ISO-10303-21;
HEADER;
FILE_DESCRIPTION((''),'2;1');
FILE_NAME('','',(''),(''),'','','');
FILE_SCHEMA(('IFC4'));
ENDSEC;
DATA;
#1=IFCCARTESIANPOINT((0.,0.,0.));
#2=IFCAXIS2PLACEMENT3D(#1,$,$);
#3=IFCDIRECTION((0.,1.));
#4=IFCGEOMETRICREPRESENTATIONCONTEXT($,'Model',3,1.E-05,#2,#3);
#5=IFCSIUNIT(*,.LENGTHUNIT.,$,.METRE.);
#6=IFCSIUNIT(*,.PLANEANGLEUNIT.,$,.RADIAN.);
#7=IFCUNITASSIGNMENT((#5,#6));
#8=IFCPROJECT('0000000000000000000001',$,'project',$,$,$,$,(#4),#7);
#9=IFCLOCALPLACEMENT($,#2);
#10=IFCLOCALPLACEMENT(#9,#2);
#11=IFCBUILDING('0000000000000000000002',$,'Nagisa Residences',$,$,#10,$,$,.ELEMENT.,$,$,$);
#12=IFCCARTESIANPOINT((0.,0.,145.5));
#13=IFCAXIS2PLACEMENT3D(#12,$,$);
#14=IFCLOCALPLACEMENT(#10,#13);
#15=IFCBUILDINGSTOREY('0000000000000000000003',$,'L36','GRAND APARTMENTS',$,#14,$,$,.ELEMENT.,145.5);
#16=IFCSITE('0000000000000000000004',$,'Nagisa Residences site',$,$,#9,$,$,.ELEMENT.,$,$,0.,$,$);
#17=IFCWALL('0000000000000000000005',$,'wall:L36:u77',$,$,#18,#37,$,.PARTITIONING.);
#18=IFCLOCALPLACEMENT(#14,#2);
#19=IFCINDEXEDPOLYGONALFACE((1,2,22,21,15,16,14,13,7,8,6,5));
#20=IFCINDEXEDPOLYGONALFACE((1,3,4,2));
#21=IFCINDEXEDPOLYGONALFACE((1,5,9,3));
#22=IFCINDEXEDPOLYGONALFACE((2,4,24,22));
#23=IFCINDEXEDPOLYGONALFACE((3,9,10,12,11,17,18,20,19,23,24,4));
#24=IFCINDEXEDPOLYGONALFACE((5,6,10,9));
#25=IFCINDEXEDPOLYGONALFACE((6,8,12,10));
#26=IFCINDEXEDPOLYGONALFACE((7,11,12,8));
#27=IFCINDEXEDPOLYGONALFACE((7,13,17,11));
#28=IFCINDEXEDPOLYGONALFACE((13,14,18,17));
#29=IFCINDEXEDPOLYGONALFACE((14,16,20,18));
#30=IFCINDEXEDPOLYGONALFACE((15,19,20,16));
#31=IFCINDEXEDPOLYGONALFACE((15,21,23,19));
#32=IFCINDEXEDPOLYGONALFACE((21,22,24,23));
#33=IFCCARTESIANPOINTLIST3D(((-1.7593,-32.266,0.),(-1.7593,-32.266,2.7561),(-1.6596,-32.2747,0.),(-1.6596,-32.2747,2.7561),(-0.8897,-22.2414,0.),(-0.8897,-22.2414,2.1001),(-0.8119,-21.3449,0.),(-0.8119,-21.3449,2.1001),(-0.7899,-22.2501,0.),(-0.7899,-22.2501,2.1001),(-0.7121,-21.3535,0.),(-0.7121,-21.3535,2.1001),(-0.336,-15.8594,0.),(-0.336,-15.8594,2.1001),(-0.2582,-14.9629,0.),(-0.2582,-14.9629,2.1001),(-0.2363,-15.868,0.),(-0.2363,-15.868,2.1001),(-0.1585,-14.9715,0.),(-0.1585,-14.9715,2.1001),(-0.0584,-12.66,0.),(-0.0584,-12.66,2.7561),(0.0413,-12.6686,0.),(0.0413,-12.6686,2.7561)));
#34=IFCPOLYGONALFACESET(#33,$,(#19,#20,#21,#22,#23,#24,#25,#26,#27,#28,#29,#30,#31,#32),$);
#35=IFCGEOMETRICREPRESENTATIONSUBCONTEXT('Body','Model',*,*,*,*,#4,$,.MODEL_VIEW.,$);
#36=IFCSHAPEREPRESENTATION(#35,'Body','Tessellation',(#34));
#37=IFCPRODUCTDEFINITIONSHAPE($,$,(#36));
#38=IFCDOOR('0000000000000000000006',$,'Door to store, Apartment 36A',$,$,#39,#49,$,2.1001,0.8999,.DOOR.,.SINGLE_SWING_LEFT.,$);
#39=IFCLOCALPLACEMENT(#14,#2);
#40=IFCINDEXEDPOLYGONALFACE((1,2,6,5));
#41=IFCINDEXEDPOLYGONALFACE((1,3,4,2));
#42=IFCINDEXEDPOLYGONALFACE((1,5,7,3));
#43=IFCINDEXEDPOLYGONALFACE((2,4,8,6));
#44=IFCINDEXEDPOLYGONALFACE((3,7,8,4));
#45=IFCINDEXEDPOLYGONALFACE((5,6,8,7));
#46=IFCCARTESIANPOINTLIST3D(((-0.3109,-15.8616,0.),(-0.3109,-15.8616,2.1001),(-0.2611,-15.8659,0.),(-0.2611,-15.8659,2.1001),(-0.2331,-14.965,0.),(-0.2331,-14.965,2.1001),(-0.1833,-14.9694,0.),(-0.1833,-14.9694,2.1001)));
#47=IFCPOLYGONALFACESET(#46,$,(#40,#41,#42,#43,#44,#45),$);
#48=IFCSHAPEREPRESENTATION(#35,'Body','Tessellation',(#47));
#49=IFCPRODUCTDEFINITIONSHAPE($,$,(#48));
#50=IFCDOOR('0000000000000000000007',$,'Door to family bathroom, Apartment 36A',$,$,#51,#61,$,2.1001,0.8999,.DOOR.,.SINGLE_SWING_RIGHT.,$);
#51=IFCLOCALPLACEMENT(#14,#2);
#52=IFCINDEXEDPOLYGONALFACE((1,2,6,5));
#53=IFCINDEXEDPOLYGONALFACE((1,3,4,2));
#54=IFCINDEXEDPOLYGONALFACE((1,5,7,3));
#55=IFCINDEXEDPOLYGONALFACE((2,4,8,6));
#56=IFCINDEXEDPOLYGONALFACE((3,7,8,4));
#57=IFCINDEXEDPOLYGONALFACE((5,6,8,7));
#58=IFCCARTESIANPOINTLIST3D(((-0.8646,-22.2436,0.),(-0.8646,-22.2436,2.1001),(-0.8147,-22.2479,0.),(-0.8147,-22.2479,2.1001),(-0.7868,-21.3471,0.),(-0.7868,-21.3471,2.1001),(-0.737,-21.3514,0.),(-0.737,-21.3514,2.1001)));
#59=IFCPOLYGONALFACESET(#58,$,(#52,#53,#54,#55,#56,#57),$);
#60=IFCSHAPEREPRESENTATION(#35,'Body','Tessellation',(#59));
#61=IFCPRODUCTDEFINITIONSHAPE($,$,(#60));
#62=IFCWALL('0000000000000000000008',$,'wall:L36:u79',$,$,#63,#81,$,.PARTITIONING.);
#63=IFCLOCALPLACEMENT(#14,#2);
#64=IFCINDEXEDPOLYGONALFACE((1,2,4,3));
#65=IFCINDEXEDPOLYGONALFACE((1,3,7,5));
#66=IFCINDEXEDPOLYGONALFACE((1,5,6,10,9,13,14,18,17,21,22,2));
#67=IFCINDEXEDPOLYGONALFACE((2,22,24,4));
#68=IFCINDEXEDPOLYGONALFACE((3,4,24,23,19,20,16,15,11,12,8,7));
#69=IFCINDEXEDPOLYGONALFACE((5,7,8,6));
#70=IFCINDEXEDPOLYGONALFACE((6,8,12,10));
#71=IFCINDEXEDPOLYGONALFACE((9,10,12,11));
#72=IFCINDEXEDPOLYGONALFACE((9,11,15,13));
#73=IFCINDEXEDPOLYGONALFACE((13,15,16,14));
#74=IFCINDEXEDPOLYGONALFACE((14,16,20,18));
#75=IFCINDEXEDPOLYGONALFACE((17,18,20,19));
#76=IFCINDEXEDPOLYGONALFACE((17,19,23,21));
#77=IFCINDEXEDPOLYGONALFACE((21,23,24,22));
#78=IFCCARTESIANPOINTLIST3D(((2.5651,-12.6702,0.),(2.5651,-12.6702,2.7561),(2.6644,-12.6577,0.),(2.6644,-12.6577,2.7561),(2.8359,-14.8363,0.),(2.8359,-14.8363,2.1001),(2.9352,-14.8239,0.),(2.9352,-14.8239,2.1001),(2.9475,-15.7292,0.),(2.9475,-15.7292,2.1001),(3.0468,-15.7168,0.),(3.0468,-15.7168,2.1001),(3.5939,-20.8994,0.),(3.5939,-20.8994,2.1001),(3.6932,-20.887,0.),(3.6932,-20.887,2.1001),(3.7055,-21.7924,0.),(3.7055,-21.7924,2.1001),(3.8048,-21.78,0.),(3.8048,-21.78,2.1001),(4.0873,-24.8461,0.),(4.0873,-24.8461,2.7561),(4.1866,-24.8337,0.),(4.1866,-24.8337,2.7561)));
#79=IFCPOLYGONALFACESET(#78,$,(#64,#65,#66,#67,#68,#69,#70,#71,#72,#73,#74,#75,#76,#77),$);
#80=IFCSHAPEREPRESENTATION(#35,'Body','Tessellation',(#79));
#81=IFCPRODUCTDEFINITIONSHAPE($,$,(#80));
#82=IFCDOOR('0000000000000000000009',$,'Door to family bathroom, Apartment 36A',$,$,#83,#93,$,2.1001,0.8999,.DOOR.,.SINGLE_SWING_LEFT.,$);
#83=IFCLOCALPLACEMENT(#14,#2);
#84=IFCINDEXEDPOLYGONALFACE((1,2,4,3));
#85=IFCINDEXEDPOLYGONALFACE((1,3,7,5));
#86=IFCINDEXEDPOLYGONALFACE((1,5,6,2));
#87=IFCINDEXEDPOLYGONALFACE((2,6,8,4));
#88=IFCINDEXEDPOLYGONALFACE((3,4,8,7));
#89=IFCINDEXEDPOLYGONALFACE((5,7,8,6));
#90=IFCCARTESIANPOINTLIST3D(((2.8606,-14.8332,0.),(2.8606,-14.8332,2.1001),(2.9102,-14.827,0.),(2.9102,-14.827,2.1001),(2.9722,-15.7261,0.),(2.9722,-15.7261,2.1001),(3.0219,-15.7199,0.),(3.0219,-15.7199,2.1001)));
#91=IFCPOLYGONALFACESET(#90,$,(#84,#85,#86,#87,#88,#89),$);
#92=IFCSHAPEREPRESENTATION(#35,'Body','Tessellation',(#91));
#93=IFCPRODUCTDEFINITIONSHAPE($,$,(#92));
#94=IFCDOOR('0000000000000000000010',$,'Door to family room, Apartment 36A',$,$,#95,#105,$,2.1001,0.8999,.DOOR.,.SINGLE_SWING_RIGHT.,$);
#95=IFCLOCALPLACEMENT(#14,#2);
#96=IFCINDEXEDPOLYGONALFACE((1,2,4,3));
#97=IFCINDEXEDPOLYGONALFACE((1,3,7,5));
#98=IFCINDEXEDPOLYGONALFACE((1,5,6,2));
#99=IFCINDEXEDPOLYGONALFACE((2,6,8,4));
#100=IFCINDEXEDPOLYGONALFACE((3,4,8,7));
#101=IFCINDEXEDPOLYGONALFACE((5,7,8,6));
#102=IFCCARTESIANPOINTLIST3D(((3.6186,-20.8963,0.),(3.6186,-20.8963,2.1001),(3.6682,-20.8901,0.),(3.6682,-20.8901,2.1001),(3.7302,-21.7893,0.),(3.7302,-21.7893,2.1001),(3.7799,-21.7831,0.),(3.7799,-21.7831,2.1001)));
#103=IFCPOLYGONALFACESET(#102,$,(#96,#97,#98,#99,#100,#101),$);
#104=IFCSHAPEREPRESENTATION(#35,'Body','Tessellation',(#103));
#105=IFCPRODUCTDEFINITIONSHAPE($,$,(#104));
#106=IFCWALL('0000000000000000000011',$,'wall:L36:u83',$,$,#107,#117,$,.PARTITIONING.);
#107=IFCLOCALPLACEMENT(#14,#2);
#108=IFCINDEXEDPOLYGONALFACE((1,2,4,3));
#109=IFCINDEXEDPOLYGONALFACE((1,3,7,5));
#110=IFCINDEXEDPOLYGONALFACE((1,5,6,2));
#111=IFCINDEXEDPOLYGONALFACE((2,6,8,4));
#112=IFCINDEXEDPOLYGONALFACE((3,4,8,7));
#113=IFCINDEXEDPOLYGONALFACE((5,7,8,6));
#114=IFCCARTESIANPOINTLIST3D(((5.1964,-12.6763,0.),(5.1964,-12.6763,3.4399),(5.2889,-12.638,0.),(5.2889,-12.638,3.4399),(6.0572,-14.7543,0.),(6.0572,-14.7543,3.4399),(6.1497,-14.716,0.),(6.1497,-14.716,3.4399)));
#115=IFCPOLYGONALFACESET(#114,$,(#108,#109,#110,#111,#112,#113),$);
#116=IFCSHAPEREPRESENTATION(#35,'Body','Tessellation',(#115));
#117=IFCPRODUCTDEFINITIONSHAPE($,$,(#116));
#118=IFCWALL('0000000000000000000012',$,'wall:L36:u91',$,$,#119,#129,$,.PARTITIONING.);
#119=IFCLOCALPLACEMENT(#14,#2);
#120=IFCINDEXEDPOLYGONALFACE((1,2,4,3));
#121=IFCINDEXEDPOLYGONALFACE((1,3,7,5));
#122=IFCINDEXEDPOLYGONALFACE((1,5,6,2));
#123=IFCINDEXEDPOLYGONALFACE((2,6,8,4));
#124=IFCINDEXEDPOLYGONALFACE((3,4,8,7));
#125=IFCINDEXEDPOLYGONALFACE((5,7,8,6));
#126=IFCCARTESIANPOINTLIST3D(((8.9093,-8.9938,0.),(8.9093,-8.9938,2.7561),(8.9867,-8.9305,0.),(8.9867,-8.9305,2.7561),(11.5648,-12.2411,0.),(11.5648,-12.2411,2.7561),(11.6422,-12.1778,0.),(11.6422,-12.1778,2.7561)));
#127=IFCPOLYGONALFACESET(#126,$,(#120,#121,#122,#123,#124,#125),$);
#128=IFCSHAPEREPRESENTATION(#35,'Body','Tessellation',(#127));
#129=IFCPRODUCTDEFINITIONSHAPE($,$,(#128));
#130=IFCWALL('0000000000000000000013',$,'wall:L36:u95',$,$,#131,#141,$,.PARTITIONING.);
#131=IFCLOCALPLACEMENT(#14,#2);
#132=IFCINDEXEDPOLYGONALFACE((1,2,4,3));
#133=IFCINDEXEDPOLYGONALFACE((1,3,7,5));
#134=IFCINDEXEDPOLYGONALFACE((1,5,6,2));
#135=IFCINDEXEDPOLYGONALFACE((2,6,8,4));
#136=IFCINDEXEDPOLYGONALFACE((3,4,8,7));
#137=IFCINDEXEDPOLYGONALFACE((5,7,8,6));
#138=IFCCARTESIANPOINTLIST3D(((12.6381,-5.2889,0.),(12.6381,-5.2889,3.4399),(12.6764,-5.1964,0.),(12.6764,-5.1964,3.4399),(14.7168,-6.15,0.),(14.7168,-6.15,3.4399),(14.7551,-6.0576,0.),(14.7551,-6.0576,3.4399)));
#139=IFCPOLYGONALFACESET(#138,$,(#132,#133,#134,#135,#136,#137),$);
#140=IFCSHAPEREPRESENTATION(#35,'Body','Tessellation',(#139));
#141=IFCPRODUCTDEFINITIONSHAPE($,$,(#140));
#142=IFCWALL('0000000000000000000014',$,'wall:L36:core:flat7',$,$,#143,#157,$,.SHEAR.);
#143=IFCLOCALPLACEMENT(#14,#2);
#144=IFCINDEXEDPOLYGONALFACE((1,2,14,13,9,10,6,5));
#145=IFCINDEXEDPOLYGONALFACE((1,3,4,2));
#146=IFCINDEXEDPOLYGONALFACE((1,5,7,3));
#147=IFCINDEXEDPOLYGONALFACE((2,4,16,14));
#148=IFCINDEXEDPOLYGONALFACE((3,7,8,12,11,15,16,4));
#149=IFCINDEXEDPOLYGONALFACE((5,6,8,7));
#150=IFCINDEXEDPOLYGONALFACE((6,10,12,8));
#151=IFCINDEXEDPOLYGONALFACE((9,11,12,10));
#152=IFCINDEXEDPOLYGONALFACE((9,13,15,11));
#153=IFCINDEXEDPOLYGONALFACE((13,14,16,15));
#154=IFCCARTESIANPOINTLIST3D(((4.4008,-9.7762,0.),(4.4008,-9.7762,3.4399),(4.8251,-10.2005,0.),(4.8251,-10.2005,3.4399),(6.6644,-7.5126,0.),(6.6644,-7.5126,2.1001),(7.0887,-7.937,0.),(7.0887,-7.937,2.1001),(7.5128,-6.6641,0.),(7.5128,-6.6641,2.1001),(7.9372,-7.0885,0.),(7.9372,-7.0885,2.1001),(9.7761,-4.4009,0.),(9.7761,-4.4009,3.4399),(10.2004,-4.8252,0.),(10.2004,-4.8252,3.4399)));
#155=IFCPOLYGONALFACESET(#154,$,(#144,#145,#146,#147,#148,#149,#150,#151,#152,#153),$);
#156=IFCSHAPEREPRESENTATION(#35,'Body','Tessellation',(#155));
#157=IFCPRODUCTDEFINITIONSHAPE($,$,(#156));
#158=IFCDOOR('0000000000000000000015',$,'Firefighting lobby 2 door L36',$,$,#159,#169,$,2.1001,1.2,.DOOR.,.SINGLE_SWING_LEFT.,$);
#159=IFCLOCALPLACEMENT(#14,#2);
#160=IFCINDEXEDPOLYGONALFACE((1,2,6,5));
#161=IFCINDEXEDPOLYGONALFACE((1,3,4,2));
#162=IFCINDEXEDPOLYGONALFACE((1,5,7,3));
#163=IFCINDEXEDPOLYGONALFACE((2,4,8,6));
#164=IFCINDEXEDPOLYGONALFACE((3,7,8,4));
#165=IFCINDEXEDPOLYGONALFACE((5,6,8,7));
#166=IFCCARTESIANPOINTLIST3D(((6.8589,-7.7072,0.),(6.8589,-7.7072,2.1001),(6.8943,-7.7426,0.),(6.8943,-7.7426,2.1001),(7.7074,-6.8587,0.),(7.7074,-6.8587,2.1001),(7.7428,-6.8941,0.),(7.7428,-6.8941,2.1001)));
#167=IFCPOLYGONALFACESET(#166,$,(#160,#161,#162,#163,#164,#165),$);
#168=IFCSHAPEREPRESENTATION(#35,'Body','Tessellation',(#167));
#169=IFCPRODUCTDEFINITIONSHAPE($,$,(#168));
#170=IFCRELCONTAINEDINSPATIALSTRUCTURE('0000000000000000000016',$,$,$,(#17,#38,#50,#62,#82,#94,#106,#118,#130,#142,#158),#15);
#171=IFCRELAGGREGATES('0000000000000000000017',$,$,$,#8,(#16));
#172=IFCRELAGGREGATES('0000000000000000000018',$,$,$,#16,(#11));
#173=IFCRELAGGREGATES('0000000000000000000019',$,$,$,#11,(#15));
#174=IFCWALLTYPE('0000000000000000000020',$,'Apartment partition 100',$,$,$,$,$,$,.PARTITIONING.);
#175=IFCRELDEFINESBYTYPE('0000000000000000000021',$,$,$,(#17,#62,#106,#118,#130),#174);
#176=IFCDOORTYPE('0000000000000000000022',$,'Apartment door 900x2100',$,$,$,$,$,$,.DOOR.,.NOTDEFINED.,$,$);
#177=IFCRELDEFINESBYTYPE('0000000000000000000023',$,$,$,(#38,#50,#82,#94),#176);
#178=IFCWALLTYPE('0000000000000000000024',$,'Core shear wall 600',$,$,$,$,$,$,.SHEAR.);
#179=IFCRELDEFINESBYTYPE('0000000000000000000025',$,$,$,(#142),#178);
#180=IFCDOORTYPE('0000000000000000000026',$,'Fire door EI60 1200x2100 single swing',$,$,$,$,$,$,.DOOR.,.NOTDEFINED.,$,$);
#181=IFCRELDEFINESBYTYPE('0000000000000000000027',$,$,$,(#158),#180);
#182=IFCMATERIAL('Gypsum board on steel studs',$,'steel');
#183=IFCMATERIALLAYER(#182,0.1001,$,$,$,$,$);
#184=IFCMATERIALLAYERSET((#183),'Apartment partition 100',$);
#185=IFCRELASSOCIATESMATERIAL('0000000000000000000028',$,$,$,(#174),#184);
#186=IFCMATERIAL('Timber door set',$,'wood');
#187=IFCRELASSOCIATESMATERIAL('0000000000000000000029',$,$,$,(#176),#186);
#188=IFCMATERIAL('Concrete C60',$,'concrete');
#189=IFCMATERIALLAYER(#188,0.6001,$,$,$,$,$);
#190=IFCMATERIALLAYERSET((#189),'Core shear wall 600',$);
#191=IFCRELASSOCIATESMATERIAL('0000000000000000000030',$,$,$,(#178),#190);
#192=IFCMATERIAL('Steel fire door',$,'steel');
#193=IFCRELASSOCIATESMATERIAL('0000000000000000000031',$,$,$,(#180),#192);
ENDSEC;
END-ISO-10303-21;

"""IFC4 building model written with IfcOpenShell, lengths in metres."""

from ifc_helpers import new_model, si_unit, direction, frame, frame_2d, origin, place, context, subcontext, project, spatial, rectangle, extrude, material, layer, layer_set, type_object, element, fill, save


model = new_model("IFC4")

# Units and contexts
model_context = context("Model", 3, precision=1e-05, world=origin(), true_north=direction((0.0, 1.0)))
body_context = subcontext(model_context, "Body", "Model", "MODEL_VIEW")
ifc_project = project(units=[si_unit("LENGTHUNIT", "METRE"), si_unit("PLANEANGLEUNIT", "RADIAN")], contexts=[model_context])

# Site, building, storey
site_placement = place(None, origin())
site = spatial("IfcSite", under=ifc_project, at=site_placement, Name="Nagisa Residences site", CompositionType="ELEMENT", RefElevation=0.0)
building_placement = place(site_placement, origin())
building = spatial("IfcBuilding", under=site, at=building_placement, Name="Nagisa Residences", CompositionType="ELEMENT")
storey_placement = place(building_placement, frame((0.0, 0.0, 145.5)))
storey = spatial("IfcBuildingStorey", under=building, at=storey_placement, Name="L36", Description="GRAND APARTMENTS", CompositionType="ELEMENT", Elevation=145.5)

# Walls, openings, doors
ifc_material_1 = material(Name="Gypsum board on steel studs", Category="steel")
ifc_layer_1 = layer(ifc_material_1, 0.1001)
ifc_layer_set_1 = layer_set([ifc_layer_1], Name="Apartment partition 100")
wall_type_1 = type_object("IfcWallType", Name="Apartment partition 100", PredefinedType="PARTITIONING", material=ifc_layer_set_1)
wall_1_placement = place(storey_placement, frame((-0.0085, -12.6643, 0.0), z_axis=(0.0, 0.0, 1.0), x_axis=(-0.086431, -0.996258, 0.0)))
wall_1 = element("IfcWall", 1, at=wall_1_placement, inside=storey, type_object=wall_type_1, Name="wall:L36:u77", PredefinedType="PARTITIONING", context=body_context, shape_type="SweptSolid", body=[
    extrude(rectangle(XDim=19.6797, YDim=0.1001, at=frame_2d((9.8398, 0.0))), origin(), (0.0, 0.0, 1.0), 2.7561),
])
opening_1_placement = place(wall_1_placement, frame((2.3115, 0.0, 0.0)))
opening_1 = element("IfcOpeningElement", 2, at=opening_1_placement, cuts=wall_1, PredefinedType="OPENING", context=body_context, shape_type="SweptSolid", body=[
    extrude(rectangle(XDim=0.8999, YDim=2.1001, at=frame_2d((0.45, 1.05))), frame((0.0, 0.0601, 0.0), z_axis=(0.0, -1.0, 0.0), x_axis=(1.0, 0.0, 0.0)), (0.0, 0.0, 1.0), 0.1201),
])
opening_2_placement = place(wall_1_placement, frame((8.7175, 0.0, 0.0)))
opening_2 = element("IfcOpeningElement", 3, at=opening_2_placement, cuts=wall_1, PredefinedType="OPENING", context=body_context, shape_type="SweptSolid", body=[
    extrude(rectangle(XDim=0.8999, YDim=2.1001, at=frame_2d((0.45, 1.05))), frame((0.0, 0.0601, 0.0), z_axis=(0.0, -1.0, 0.0), x_axis=(1.0, 0.0, 0.0)), (0.0, 0.0, 1.0), 0.1201),
])
ifc_material_2 = material(Name="Timber door set", Category="wood")
door_type_1 = type_object("IfcDoorType", Name="Apartment door 900x2100", OperationType="NOTDEFINED", PredefinedType="DOOR", material=ifc_material_2)
door_1_placement = place(opening_1_placement, frame((0.8999, 0.0, 0.0), x_axis=(-1.0, 0.0, 0.0)))
door_1 = element("IfcDoor", 4, at=door_1_placement, inside=storey, type_object=door_type_1, Name="Door to store, Apartment 36A", OperationType="SINGLE_SWING_LEFT", OverallHeight=2.1001, OverallWidth=0.8999, PredefinedType="DOOR", context=body_context, shape_type="SweptSolid", body=[
    extrude(rectangle(XDim=0.8999, YDim=2.1001, at=frame_2d((0.45, 1.05))), frame((0.0, 0.0249, 0.0), z_axis=(0.0, -1.0, 0.0), x_axis=(1.0, 0.0, 0.0)), (0.0, 0.0, 1.0), 0.05),
])
fill(opening_1, door_1)
door_2_placement = place(opening_2_placement, frame((0.8999, 0.0, 0.0), x_axis=(-1.0, 0.0, 0.0)))
door_2 = element("IfcDoor", 5, at=door_2_placement, inside=storey, type_object=door_type_1, Name="Door to family bathroom, Apartment 36A", OperationType="SINGLE_SWING_RIGHT", OverallHeight=2.1001, OverallWidth=0.8999, PredefinedType="DOOR", context=body_context, shape_type="SweptSolid", body=[
    extrude(rectangle(XDim=0.8999, YDim=2.1001, at=frame_2d((0.45, 1.05))), frame((0.0, 0.0249, 0.0), z_axis=(0.0, -1.0, 0.0), x_axis=(1.0, 0.0, 0.0)), (0.0, 0.0, 1.0), 0.05),
])
fill(opening_2, door_2)
wall_2_placement = place(storey_placement, frame((2.6147, -12.6641, 0.0), z_axis=(0.0, 0.0, 1.0), x_axis=(0.124052, -0.992276, 0.0)))
wall_2 = element("IfcWall", 6, at=wall_2_placement, inside=storey, type_object=wall_type_1, Name="wall:L36:u79", PredefinedType="PARTITIONING", context=body_context, shape_type="SweptSolid", body=[
    extrude(rectangle(XDim=12.2708, YDim=0.1001, at=frame_2d((6.1353, 0.0))), origin(), (0.0, 0.0, 1.0), 2.7561),
])
opening_3_placement = place(wall_2_placement, frame((2.1829, 0.0, 0.0)))
opening_3 = element("IfcOpeningElement", 7, at=opening_3_placement, cuts=wall_2, PredefinedType="OPENING", context=body_context, shape_type="SweptSolid", body=[
    extrude(rectangle(XDim=0.8999, YDim=2.1001, at=frame_2d((0.45, 1.05))), frame((0.0, 0.0601, 0.0), z_axis=(0.0, -1.0, 0.0), x_axis=(1.0, 0.0, 0.0)), (0.0, 0.0, 1.0), 0.1201),
])
opening_4_placement = place(wall_2_placement, frame((8.2932, 0.0, 0.0)))
opening_4 = element("IfcOpeningElement", 8, at=opening_4_placement, cuts=wall_2, PredefinedType="OPENING", context=body_context, shape_type="SweptSolid", body=[
    extrude(rectangle(XDim=0.8999, YDim=2.1001, at=frame_2d((0.45, 1.05))), frame((0.0, 0.0601, 0.0), z_axis=(0.0, -1.0, 0.0), x_axis=(1.0, 0.0, 0.0)), (0.0, 0.0, 1.0), 0.1201),
])
door_3_placement = place(opening_3_placement, origin())
door_3 = element("IfcDoor", 9, at=door_3_placement, inside=storey, type_object=door_type_1, Name="Door to family bathroom, Apartment 36A", OperationType="SINGLE_SWING_LEFT", OverallHeight=2.1001, OverallWidth=0.8999, PredefinedType="DOOR", context=body_context, shape_type="SweptSolid", body=[
    extrude(rectangle(XDim=0.8999, YDim=2.1001, at=frame_2d((0.45, 1.05))), frame((0.0, 0.0249, 0.0), z_axis=(0.0, -1.0, 0.0), x_axis=(1.0, 0.0, 0.0)), (0.0, 0.0, 1.0), 0.05),
])
fill(opening_3, door_3)
door_4_placement = place(opening_4_placement, origin())
door_4 = element("IfcDoor", 10, at=door_4_placement, inside=storey, type_object=door_type_1, Name="Door to family room, Apartment 36A", OperationType="SINGLE_SWING_RIGHT", OverallHeight=2.1001, OverallWidth=0.8999, PredefinedType="DOOR", context=body_context, shape_type="SweptSolid", body=[
    extrude(rectangle(XDim=0.8999, YDim=2.1001, at=frame_2d((0.45, 1.05))), frame((0.0, 0.0249, 0.0), z_axis=(0.0, -1.0, 0.0), x_axis=(1.0, 0.0, 0.0)), (0.0, 0.0, 1.0), 0.05),
])
fill(opening_4, door_4)

# Walls
wall_3_placement = place(storey_placement, frame((5.2427, -12.6572, 0.0), z_axis=(0.0, 0.0, 1.0), x_axis=(0.382703, -0.923871, 0.0)))
element("IfcWall", 11, at=wall_3_placement, inside=storey, type_object=wall_type_1, Name="wall:L36:u83", PredefinedType="PARTITIONING", context=body_context, shape_type="SweptSolid", body=[
    extrude(rectangle(XDim=2.2493, YDim=0.1001, at=frame_2d((1.1245, 0.0))), origin(), (0.0, 0.0, 1.0), 3.4399),
])
wall_4_placement = place(storey_placement, frame((8.948, -8.9622, 0.0), z_axis=(0.0, 0.0, 1.0), x_axis=(0.633041, -0.774118, 0.0)))
element("IfcWall", 12, at=wall_4_placement, inside=storey, type_object=wall_type_1, Name="wall:L36:u91", PredefinedType="PARTITIONING", context=body_context, shape_type="SweptSolid", body=[
    extrude(rectangle(XDim=4.1948, YDim=0.1001, at=frame_2d((2.0974, 0.0))), origin(), (0.0, 0.0, 1.0), 2.7561),
])
wall_5_placement = place(storey_placement, frame((12.6572, -5.2427, 0.0), z_axis=(0.0, 0.0, 1.0), x_axis=(0.923865, -0.382719, 0.0)))
element("IfcWall", 13, at=wall_5_placement, inside=storey, type_object=wall_type_1, Name="wall:L36:u95", PredefinedType="PARTITIONING", context=body_context, shape_type="SweptSolid", body=[
    extrude(rectangle(XDim=2.25, YDim=0.1001, at=frame_2d((1.125, 0.0))), origin(), (0.0, 0.0, 1.0), 3.4399),
])

# Wall, opening, door
ifc_material_3 = material(Name="Concrete C60", Category="concrete")
ifc_layer_2 = layer(ifc_material_3, 0.6001)
ifc_layer_set_2 = layer_set([ifc_layer_2], Name="Core shear wall 600")
wall_type_2 = type_object("IfcWallType", Name="Core shear wall 600", PredefinedType="SHEAR", material=ifc_layer_set_2)
wall_6_placement = place(storey_placement, frame((4.613, -9.9883, 0.0), z_axis=(0.0, 0.0, 1.0), x_axis=(0.707107, 0.707107, 0.0)))
wall_6 = element("IfcWall", 14, at=wall_6_placement, inside=storey, type_object=wall_type_2, Name="wall:L36:core:flat7", PredefinedType="SHEAR", context=body_context, shape_type="SweptSolid", body=[
    extrude(rectangle(XDim=7.6018, YDim=0.6001, at=frame_2d((3.8008, 0.0))), origin(), (0.0, 0.0, 1.0), 3.4399),
])
opening_5_placement = place(wall_6_placement, frame((3.2009, 0.0, 0.0)))
opening_5 = element("IfcOpeningElement", 15, at=opening_5_placement, cuts=wall_6, PredefinedType="OPENING", context=body_context, shape_type="SweptSolid", body=[
    extrude(rectangle(XDim=1.2, YDim=2.1001, at=frame_2d((0.6001, 1.05))), frame((0.0, 0.3101, 0.0), z_axis=(0.0, -1.0, 0.0), x_axis=(1.0, 0.0, 0.0)), (0.0, 0.0, 1.0), 0.6201),
])
ifc_material_4 = material(Name="Steel fire door", Category="steel")
door_type_2 = type_object("IfcDoorType", Name="Fire door EI60 1200x2100 single swing", OperationType="NOTDEFINED", PredefinedType="DOOR", material=ifc_material_4)
door_5_placement = place(opening_5_placement, origin())
door_5 = element("IfcDoor", 16, at=door_5_placement, inside=storey, type_object=door_type_2, Name="Firefighting lobby 2 door L36", OperationType="SINGLE_SWING_LEFT", OverallHeight=2.1001, OverallWidth=1.2, PredefinedType="DOOR", context=body_context, shape_type="SweptSolid", body=[
    extrude(rectangle(XDim=1.2, YDim=2.1001, at=frame_2d((0.6001, 1.05))), frame((0.0, 0.0249, 0.0), z_axis=(0.0, -1.0, 0.0), x_axis=(1.0, 0.0, 0.0)), (0.0, 0.0, 1.0), 0.05),
])
fill(opening_5, door_5)

save(model, "model.ifc")
